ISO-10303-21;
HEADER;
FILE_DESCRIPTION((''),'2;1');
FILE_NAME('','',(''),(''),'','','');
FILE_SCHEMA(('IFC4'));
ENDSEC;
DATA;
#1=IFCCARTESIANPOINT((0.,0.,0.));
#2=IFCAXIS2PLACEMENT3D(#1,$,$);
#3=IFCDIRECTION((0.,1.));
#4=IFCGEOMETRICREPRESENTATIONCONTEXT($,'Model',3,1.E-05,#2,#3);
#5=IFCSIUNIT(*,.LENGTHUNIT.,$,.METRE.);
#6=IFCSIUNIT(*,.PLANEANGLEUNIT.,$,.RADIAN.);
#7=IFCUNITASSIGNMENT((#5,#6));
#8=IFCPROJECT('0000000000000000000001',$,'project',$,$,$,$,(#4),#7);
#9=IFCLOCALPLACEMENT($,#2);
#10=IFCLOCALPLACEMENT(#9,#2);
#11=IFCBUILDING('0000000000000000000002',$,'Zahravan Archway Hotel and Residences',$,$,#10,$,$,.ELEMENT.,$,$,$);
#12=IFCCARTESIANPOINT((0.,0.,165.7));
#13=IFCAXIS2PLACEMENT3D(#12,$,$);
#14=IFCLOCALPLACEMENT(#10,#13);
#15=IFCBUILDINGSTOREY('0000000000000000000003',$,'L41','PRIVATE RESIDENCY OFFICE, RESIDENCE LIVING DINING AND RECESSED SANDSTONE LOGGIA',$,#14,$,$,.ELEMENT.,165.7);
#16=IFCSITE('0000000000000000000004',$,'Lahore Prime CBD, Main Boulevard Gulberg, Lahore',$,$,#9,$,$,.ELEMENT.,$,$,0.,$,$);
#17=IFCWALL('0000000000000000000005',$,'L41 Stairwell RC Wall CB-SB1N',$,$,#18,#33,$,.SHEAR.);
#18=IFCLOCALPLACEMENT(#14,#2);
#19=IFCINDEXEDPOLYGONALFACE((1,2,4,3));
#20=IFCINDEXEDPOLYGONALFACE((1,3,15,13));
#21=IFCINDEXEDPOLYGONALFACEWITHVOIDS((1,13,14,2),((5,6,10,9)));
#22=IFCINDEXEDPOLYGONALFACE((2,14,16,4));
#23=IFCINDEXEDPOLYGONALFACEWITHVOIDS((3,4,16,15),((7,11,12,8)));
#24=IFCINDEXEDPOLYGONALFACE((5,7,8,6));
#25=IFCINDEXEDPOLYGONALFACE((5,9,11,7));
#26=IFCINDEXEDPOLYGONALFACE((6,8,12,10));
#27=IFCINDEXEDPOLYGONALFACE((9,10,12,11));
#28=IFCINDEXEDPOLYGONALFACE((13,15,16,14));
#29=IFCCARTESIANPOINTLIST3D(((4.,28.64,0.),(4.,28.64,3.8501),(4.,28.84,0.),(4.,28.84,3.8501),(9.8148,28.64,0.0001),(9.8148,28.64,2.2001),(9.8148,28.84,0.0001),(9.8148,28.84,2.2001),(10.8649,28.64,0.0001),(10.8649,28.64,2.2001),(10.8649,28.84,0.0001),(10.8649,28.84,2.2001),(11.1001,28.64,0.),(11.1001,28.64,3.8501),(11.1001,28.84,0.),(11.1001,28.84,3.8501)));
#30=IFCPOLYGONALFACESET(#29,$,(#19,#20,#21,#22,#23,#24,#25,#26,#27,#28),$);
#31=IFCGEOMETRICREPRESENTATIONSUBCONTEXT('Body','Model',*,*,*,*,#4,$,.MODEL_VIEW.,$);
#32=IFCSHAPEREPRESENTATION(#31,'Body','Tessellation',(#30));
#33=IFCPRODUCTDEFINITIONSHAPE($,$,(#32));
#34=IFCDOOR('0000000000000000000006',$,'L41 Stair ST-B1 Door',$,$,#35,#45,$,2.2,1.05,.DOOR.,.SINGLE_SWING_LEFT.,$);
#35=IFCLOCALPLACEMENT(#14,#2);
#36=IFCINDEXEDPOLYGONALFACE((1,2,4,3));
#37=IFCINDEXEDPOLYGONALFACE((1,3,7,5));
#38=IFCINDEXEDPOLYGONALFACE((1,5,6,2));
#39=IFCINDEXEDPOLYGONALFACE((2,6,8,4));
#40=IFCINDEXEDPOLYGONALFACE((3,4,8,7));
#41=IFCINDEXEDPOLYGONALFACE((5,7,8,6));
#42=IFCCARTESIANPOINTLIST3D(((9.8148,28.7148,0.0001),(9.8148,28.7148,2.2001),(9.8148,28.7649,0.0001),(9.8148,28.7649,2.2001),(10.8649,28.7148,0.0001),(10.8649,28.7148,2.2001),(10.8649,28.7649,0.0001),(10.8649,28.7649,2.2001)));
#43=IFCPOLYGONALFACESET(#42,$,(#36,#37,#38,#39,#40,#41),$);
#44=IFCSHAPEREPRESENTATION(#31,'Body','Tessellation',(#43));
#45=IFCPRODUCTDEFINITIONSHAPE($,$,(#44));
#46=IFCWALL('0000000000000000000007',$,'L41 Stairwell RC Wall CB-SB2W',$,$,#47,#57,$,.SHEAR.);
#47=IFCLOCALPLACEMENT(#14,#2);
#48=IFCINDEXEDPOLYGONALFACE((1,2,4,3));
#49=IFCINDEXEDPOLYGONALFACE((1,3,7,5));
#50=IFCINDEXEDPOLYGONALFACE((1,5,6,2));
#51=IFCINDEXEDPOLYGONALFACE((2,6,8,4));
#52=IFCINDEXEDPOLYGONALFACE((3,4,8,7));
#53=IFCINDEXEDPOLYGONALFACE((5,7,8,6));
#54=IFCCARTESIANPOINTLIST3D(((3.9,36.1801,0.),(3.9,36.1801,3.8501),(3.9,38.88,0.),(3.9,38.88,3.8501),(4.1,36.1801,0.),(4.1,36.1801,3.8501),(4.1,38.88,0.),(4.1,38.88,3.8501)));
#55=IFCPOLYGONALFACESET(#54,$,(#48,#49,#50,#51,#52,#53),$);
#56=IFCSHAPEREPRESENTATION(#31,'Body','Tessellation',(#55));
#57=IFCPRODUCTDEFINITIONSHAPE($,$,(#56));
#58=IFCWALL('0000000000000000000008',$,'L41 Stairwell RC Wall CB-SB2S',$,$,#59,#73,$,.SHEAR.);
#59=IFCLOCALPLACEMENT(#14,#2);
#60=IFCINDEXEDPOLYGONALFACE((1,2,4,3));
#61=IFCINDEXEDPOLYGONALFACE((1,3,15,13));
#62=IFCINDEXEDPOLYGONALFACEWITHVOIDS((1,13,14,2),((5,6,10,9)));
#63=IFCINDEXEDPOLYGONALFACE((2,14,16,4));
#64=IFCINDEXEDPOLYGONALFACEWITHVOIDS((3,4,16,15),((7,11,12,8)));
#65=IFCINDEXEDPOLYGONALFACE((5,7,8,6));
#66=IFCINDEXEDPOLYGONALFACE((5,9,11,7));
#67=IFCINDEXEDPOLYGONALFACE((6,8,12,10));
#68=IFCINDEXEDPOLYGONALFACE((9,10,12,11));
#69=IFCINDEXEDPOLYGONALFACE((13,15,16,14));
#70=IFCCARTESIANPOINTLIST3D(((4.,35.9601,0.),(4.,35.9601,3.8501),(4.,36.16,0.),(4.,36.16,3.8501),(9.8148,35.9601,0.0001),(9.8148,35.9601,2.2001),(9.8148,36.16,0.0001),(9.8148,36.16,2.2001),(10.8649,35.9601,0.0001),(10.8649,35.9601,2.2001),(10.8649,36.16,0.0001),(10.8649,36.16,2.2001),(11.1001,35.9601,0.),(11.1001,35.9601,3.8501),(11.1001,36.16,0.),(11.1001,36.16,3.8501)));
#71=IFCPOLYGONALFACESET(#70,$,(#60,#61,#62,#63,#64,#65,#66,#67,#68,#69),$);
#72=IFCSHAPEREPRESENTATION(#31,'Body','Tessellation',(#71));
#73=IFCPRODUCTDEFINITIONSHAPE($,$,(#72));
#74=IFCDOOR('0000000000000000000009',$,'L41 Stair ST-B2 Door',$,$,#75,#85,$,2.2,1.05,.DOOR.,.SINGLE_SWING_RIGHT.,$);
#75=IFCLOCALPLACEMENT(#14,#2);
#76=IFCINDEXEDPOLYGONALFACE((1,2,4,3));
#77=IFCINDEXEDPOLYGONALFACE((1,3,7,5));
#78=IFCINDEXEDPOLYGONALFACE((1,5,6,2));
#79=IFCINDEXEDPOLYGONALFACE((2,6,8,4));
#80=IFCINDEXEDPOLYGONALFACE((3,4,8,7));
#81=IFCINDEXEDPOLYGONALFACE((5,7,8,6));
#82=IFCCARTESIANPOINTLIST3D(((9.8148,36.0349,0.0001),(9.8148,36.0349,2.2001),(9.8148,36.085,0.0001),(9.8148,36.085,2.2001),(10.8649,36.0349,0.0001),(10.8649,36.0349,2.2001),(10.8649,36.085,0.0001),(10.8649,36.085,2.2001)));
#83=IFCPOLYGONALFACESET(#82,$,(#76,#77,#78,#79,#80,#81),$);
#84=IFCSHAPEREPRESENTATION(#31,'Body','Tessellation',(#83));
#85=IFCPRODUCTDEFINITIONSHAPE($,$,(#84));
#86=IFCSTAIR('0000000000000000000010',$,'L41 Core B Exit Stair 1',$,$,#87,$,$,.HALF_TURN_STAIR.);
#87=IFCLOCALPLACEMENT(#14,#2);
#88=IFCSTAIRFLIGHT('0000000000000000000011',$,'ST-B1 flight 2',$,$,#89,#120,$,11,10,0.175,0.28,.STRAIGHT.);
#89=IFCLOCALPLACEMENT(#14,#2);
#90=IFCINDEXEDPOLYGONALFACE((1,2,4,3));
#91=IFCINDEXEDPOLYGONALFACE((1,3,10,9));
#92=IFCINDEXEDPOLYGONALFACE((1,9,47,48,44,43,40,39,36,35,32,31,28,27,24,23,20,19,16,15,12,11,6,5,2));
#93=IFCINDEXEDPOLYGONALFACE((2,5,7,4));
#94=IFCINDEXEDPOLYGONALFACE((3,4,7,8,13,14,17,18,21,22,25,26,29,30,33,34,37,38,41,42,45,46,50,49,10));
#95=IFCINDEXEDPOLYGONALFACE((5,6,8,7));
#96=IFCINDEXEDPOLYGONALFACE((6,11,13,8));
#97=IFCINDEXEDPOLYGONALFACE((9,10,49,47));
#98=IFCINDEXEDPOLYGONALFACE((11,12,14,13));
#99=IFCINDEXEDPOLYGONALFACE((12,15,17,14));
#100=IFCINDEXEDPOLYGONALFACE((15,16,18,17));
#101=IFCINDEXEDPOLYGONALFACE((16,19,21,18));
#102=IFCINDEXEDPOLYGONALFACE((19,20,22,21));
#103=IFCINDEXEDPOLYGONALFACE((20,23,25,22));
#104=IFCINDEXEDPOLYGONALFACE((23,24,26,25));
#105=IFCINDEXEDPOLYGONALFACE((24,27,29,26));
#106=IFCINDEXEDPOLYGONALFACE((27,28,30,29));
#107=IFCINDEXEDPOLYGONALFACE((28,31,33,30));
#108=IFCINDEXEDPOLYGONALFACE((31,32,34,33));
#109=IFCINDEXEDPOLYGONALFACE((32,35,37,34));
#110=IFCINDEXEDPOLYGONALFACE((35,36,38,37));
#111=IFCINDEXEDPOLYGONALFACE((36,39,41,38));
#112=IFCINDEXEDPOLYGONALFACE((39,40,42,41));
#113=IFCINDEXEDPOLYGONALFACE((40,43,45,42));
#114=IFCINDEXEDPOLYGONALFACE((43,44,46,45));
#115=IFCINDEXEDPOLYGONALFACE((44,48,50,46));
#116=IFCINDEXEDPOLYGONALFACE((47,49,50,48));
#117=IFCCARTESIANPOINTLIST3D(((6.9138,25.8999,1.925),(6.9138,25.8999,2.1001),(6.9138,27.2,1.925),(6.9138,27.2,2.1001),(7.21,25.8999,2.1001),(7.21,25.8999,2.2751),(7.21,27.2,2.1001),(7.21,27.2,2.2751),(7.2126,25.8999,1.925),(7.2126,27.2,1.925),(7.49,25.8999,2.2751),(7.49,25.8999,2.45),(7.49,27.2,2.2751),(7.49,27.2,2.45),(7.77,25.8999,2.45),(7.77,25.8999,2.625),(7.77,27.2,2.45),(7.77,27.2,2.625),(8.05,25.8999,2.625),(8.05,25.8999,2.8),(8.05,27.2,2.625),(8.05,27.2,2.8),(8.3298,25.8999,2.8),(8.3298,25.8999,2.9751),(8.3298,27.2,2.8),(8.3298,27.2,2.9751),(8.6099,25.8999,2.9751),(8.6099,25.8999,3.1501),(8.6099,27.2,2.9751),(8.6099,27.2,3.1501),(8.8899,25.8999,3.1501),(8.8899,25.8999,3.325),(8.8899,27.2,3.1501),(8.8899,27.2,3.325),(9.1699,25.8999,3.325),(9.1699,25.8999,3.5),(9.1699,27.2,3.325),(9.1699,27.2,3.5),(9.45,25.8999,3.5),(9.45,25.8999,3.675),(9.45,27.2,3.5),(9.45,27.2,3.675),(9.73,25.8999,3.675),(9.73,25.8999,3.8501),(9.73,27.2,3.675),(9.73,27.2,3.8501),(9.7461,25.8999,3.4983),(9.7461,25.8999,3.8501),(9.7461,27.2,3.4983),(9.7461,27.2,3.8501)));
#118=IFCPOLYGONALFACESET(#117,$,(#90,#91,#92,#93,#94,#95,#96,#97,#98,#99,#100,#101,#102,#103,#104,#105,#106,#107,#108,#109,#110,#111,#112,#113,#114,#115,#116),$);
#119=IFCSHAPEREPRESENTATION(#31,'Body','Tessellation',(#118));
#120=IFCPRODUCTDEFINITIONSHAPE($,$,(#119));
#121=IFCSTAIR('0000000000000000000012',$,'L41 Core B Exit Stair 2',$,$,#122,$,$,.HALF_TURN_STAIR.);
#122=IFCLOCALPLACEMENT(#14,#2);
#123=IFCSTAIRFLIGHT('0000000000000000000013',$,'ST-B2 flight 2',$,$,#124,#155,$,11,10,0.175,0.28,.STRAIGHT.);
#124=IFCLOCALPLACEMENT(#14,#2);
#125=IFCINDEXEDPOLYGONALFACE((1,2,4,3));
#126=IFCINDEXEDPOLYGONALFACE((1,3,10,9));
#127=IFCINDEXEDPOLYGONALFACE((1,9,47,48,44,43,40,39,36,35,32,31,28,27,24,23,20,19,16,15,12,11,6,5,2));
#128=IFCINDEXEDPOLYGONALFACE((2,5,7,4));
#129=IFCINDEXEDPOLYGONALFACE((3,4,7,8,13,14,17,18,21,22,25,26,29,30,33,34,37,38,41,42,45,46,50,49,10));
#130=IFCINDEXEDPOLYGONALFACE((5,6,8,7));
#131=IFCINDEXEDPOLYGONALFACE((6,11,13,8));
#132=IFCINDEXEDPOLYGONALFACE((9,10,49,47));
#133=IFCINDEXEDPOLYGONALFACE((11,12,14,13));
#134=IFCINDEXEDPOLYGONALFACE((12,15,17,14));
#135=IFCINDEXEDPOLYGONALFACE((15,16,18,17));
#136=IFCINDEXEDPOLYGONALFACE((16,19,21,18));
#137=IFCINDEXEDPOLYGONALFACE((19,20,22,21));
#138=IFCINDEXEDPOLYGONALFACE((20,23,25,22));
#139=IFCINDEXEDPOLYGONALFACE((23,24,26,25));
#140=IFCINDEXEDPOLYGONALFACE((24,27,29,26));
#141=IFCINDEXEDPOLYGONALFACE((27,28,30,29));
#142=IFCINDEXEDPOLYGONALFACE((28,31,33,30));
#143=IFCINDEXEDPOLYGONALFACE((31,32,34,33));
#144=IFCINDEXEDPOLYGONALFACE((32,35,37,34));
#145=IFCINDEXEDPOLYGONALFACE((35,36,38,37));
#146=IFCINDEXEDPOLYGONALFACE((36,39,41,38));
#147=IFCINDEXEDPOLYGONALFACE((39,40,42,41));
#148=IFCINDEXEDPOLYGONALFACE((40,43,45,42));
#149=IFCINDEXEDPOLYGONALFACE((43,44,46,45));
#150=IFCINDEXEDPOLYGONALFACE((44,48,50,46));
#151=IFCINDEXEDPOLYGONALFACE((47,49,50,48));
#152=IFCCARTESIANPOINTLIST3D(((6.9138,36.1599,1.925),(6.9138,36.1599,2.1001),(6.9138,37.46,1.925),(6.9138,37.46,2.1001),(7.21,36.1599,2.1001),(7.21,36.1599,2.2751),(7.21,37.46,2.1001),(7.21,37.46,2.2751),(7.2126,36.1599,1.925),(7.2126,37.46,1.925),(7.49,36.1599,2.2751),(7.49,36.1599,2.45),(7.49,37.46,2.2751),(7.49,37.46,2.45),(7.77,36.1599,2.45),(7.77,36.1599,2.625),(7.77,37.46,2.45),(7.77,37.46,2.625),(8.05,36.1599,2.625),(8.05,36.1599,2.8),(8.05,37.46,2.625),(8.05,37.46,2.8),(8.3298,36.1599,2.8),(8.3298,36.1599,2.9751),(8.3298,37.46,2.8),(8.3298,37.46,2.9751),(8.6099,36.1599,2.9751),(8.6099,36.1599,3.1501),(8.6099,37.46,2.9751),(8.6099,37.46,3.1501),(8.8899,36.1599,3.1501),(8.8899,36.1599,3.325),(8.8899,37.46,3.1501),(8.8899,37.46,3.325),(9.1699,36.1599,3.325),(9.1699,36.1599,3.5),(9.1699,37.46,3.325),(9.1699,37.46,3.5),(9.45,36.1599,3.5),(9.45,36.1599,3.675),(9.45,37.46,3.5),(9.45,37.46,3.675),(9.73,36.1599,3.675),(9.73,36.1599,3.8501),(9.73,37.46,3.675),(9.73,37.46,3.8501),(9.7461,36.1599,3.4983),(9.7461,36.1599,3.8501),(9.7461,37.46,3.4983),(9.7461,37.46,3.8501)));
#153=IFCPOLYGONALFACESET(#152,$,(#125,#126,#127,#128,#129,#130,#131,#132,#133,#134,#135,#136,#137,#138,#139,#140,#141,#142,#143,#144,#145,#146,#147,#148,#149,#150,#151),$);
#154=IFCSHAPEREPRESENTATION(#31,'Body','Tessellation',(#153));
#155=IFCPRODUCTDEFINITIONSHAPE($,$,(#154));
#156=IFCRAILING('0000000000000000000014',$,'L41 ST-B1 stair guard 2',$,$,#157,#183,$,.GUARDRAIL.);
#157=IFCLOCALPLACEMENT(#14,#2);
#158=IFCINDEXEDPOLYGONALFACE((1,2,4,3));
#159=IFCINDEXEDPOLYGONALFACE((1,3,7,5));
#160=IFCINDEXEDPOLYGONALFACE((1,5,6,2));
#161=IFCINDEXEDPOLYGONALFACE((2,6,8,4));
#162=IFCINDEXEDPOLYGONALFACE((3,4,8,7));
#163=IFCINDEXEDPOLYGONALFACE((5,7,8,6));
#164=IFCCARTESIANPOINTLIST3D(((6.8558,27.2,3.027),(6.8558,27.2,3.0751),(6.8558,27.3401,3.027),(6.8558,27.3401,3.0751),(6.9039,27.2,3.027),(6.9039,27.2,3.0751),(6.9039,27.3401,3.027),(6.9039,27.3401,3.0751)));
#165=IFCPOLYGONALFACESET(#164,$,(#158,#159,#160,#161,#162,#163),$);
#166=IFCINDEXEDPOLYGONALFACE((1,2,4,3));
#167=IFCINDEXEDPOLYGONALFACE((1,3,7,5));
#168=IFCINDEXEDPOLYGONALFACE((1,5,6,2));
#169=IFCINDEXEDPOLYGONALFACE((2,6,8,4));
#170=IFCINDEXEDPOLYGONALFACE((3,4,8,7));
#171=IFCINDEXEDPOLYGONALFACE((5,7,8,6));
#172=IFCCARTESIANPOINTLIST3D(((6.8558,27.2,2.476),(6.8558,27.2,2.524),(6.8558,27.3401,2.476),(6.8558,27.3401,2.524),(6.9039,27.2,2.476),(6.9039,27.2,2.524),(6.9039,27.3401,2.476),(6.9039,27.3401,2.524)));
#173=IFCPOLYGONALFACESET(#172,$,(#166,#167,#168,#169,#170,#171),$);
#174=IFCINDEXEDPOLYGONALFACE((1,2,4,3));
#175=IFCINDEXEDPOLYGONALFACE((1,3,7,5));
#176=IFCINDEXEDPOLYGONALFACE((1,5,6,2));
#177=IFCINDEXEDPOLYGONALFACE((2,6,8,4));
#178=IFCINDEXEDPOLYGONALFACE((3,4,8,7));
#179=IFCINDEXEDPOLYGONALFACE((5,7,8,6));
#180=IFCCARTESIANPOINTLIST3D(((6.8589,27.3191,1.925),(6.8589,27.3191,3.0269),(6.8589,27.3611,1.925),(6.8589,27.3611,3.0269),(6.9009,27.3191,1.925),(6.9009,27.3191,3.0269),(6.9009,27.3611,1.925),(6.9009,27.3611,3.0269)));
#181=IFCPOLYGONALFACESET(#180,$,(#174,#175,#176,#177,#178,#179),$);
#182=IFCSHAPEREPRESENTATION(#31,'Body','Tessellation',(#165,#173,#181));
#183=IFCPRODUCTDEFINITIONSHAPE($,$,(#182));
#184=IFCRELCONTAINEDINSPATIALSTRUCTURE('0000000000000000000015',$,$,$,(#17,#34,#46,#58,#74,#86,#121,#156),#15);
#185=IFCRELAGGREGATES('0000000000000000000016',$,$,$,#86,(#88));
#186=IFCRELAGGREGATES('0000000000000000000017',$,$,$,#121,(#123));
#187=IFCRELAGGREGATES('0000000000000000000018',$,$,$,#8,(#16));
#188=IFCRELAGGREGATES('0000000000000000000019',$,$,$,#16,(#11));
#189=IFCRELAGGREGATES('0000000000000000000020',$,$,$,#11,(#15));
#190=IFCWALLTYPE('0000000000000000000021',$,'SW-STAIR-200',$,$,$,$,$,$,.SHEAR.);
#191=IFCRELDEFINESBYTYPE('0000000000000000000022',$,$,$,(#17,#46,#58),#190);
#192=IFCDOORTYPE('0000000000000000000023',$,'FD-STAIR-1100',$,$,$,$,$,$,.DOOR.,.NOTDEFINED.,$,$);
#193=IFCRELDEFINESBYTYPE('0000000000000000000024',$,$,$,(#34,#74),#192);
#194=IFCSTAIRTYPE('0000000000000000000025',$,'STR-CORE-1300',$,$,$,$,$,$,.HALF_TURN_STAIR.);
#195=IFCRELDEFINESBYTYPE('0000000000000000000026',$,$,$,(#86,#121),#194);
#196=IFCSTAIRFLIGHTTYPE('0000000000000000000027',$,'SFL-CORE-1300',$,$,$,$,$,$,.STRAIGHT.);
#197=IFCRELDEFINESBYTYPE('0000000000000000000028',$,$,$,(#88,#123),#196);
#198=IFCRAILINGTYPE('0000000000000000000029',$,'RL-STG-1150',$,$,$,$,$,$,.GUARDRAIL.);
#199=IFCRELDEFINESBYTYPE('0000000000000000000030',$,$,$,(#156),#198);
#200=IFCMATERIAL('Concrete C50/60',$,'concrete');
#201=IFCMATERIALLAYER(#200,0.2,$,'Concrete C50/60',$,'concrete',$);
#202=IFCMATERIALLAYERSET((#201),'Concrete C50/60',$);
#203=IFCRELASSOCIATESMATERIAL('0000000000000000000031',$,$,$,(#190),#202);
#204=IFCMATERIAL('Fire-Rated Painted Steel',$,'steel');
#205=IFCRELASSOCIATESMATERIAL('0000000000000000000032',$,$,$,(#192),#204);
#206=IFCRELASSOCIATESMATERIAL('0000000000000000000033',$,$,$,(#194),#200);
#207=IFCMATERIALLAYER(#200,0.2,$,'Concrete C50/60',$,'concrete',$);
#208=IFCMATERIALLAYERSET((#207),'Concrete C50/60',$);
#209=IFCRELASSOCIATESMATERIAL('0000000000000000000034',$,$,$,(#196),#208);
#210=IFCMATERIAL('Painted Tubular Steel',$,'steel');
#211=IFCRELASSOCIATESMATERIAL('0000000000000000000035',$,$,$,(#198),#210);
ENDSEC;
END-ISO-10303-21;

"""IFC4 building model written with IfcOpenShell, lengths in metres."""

from ifc_helpers import new_model, si_unit, direction, frame, frame_2d, origin, origin_2d, place, context, subcontext, project, spatial, polyline, rectangle, outline, extrude, source, transform, mapped, material, layer, layer_set, type_object, type_shapes, element, fill, aggregate, save


model = new_model("IFC4")

# Units and contexts
model_context = context("Model", 3, precision=1e-05, world=origin(), true_north=direction((0.0, 1.0)))
body_context = subcontext(model_context, "Body", "Model", "MODEL_VIEW")
ifc_project = project(units=[si_unit("LENGTHUNIT", "METRE"), si_unit("PLANEANGLEUNIT", "RADIAN")], contexts=[model_context])

# Site, building, storey
site_placement = place(None, origin())
site = spatial("IfcSite", under=ifc_project, at=site_placement, Name="Lahore Prime CBD, Main Boulevard Gulberg, Lahore", CompositionType="ELEMENT", RefElevation=0.0)
building_placement = place(site_placement, origin())
building = spatial("IfcBuilding", under=site, at=building_placement, Name="Zahravan Archway Hotel and Residences", CompositionType="ELEMENT")
storey_placement = place(building_placement, frame((0.0, 0.0, 165.7)))
storey = spatial("IfcBuildingStorey", under=building, at=storey_placement, Name="L41", Description="PRIVATE RESIDENCY OFFICE, RESIDENCE LIVING DINING AND RECESSED SANDSTONE LOGGIA", CompositionType="ELEMENT", Elevation=165.7)

# Shared definitions
ifc_material_1 = material(Name="Fire-Rated Painted Steel", Category="steel")

# Shared definitions
ifc_material_2 = material(Name="Concrete C50/60", Category="concrete")
ifc_layer_1 = layer(ifc_material_2, 0.2, Name="Concrete C50/60", Category="concrete")
ifc_layer_set_1 = layer_set([ifc_layer_1], Name="Concrete C50/60")
wall_type_1 = type_object("IfcWallType", Name="SW-STAIR-200", PredefinedType="SHEAR", material=ifc_layer_set_1)

# Wall, opening, door
wall_1_placement = place(storey_placement, frame((4.0, 28.74, 0.0), z_axis=(0.0, 0.0, 1.0), x_axis=(1.0, 0.0, 0.0)))
wall_1 = element("IfcWall", 1, at=wall_1_placement, inside=storey, type_object=wall_type_1, Name="L41 Stairwell RC Wall CB-SB1N", PredefinedType="SHEAR", context=body_context, shape_type="SweptSolid", body=[
    extrude(rectangle(XDim=7.1001, YDim=0.2, at=frame_2d((3.55, 0.0))), origin(), (0.0, 0.0, 1.0), 3.8501),
])
opening_1_placement = place(wall_1_placement, frame((5.8149, 0.0, 0.0)))
opening_1 = element("IfcOpeningElement", 2, at=opening_1_placement, cuts=wall_1, PredefinedType="OPENING", context=body_context, shape_type="SweptSolid", body=[
    extrude(rectangle(XDim=1.05, YDim=2.2, at=frame_2d((0.5249, 1.1001))), frame((0.0, 0.1099, 0.0), z_axis=(0.0, -1.0, 0.0), x_axis=(1.0, 0.0, 0.0)), (0.0, 0.0, 1.0), 0.22),
])
door_type_1 = type_object("IfcDoorType", Name="FD-STAIR-1100", OperationType="NOTDEFINED", PredefinedType="DOOR", material=ifc_material_1)
shared_shape_1 = source(origin(), body_context, "Body", "SweptSolid", [
    extrude(rectangle(XDim=1.05, YDim=2.2, at=frame_2d((0.5249, 1.1001))), frame((0.0, 0.0249, 0.0), z_axis=(0.0, -1.0, 0.0), x_axis=(1.0, 0.0, 0.0)), (0.0, 0.0, 1.0), 0.05),
])
type_shapes(door_type_1, [shared_shape_1])
door_1_placement = place(opening_1_placement, origin())
door_1 = element("IfcDoor", 3, at=door_1_placement, inside=storey, type_object=door_type_1, Name="L41 Stair ST-B1 Door", OperationType="SINGLE_SWING_LEFT", OverallHeight=2.2, OverallWidth=1.05, PredefinedType="DOOR", context=body_context, shape_type="MappedRepresentation", body=[
    mapped(shared_shape_1, transform((0.0, 0.0, 0.0), scale=1.0)),
])
fill(opening_1, door_1)

# Wall
wall_2_placement = place(storey_placement, frame((4.0, 36.1799, 0.0), z_axis=(0.0, 0.0, 1.0), x_axis=(0.0, 1.0, 0.0)))
element("IfcWall", 4, at=wall_2_placement, inside=storey, type_object=wall_type_1, Name="L41 Stairwell RC Wall CB-SB2W", PredefinedType="SHEAR", context=body_context, shape_type="SweptSolid", body=[
    extrude(rectangle(XDim=2.7, YDim=0.2, at=frame_2d((1.3501, 0.0))), origin(), (0.0, 0.0, 1.0), 3.8501),
])

# Wall, opening, door
wall_3_placement = place(storey_placement, frame((4.0, 36.0601, 0.0), z_axis=(0.0, 0.0, 1.0), x_axis=(1.0, 0.0, 0.0)))
wall_3 = element("IfcWall", 5, at=wall_3_placement, inside=storey, type_object=wall_type_1, Name="L41 Stairwell RC Wall CB-SB2S", PredefinedType="SHEAR", context=body_context, shape_type="SweptSolid", body=[
    extrude(rectangle(XDim=7.1001, YDim=0.2, at=frame_2d((3.55, 0.0))), origin(), (0.0, 0.0, 1.0), 3.8501),
])
opening_2_placement = place(wall_3_placement, frame((5.8149, 0.0, 0.0)))
opening_2 = element("IfcOpeningElement", 6, at=opening_2_placement, cuts=wall_3, PredefinedType="OPENING", context=body_context, shape_type="SweptSolid", body=[
    extrude(rectangle(XDim=1.05, YDim=2.2, at=frame_2d((0.5249, 1.1001))), frame((0.0, 0.1099, 0.0), z_axis=(0.0, -1.0, 0.0), x_axis=(1.0, 0.0, 0.0)), (0.0, 0.0, 1.0), 0.22),
])
door_2_placement = place(opening_2_placement, origin())
door_2 = element("IfcDoor", 7, at=door_2_placement, inside=storey, type_object=door_type_1, Name="L41 Stair ST-B2 Door", OperationType="SINGLE_SWING_RIGHT", OverallHeight=2.2, OverallWidth=1.05, PredefinedType="DOOR", context=body_context, shape_type="MappedRepresentation", body=[
    mapped(shared_shape_1, transform((0.0, 0.0, 0.0), scale=1.0)),
])
fill(opening_2, door_2)

# Stairs, stair flights
stair_type = type_object("IfcStairType", Name="STR-CORE-1300", PredefinedType="HALF_TURN_STAIR", material=ifc_material_2)
stair_1_placement = place(storey_placement, origin())
stair_1 = element("IfcStair", 8, at=stair_1_placement, inside=storey, type_object=stair_type, Name="L41 Core B Exit Stair 1", PredefinedType="HALF_TURN_STAIR")
ifc_layer_2 = layer(ifc_material_2, 0.2, Name="Concrete C50/60", Category="concrete")
ifc_layer_set_2 = layer_set([ifc_layer_2], Name="Concrete C50/60")
stair_flight_type = type_object("IfcStairFlightType", Name="SFL-CORE-1300", PredefinedType="STRAIGHT", material=ifc_layer_set_2)
shared_shape_2 = source(origin(), body_context, "Body", "SweptSolid", [
    extrude(outline(polyline([(-0.0161, 0.0), (-0.0161, 0.175), (0.28, 0.175), (0.28, 0.3501), (0.5601, 0.3501), (0.5601, 0.5249), (0.8401, 0.5249), (0.8401, 0.7), (1.1201, 0.7), (1.1201, 0.875), (1.3999, 0.875), (1.3999, 1.05), (1.6799, 1.05), (1.6799, 1.2251), (1.96, 1.2251), (1.96, 1.3999), (2.24, 1.3999), (2.24, 1.575), (2.52, 1.575), (2.52, 1.75), (2.8, 1.75), (2.8, 1.925), (2.8162, 1.925), (2.8162, 1.5732), (0.2827, 0.0), (-0.0161, 0.0)])), frame((0.0, 0.6499, 0.0), z_axis=(0.0, -1.0, 0.0), x_axis=(1.0, 0.0, 0.0)), (0.0, 0.0, 1.0), 1.3),
])
stair_flight_1_placement = place(storey_placement, frame((6.9299, 26.55, 1.925), z_axis=(0.0, 0.0, 1.0), x_axis=(1.0, 0.0, 0.0)))
stair_flight_1 = element("IfcStairFlight", 9, at=stair_flight_1_placement, type_object=stair_flight_type, Name="ST-B1 flight 2", NumberOfRisers=11, NumberOfTreads=10, PredefinedType="STRAIGHT", RiserHeight=0.175, TreadLength=0.28, context=body_context, shape_type="MappedRepresentation", body=[
    mapped(shared_shape_2, transform((0.0, 0.0, 0.0), scale=1.0)),
])
aggregate(stair_1, [stair_flight_1])
stair_2_placement = place(storey_placement, origin())
stair_2 = element("IfcStair", 10, at=stair_2_placement, inside=storey, type_object=stair_type, Name="L41 Core B Exit Stair 2", PredefinedType="HALF_TURN_STAIR")
stair_flight_2_placement = place(storey_placement, frame((6.9299, 36.8101, 1.925), z_axis=(0.0, 0.0, 1.0), x_axis=(1.0, 0.0, 0.0)))
stair_flight_2 = element("IfcStairFlight", 11, at=stair_flight_2_placement, type_object=stair_flight_type, Name="ST-B2 flight 2", NumberOfRisers=11, NumberOfTreads=10, PredefinedType="STRAIGHT", RiserHeight=0.175, TreadLength=0.28, context=body_context, shape_type="MappedRepresentation", body=[
    mapped(shared_shape_2, transform((0.0, 0.0, 0.0), scale=1.0)),
])
aggregate(stair_2, [stair_flight_2])

# Railing
ifc_material_3 = material(Name="Painted Tubular Steel", Category="steel")
railing_type_1 = type_object("IfcRailingType", Name="RL-STG-1150", PredefinedType="GUARDRAIL", material=ifc_material_3)
railing_1_placement = place(storey_placement, frame((6.8799, 27.3401, 1.925)))
element("IfcRailing", 12, at=railing_1_placement, inside=storey, type_object=railing_type_1, Name="L41 ST-B1 stair guard 2", PredefinedType="GUARDRAIL", context=body_context, shape_type="SweptSolid", body=[
    extrude(rectangle(XDim=0.0481, YDim=0.0481, at=origin_2d()), frame((0.0, 0.0, 1.126), z_axis=(0.0, -1.0, 0.0), x_axis=(1.0, 0.0, 0.0)), (0.0, 0.0, 1.0), 0.1401),
    extrude(rectangle(XDim=0.0481, YDim=0.0481, at=origin_2d()), frame((0.0, 0.0, 0.575), z_axis=(0.0, -1.0, 0.0), x_axis=(1.0, 0.0, 0.0)), (0.0, 0.0, 1.0), 0.1401),
    extrude(rectangle(XDim=0.042, YDim=0.042, at=origin_2d()), origin(), (0.0, 0.0, 1.0), 1.1018),
])

save(model, "model.ifc")
